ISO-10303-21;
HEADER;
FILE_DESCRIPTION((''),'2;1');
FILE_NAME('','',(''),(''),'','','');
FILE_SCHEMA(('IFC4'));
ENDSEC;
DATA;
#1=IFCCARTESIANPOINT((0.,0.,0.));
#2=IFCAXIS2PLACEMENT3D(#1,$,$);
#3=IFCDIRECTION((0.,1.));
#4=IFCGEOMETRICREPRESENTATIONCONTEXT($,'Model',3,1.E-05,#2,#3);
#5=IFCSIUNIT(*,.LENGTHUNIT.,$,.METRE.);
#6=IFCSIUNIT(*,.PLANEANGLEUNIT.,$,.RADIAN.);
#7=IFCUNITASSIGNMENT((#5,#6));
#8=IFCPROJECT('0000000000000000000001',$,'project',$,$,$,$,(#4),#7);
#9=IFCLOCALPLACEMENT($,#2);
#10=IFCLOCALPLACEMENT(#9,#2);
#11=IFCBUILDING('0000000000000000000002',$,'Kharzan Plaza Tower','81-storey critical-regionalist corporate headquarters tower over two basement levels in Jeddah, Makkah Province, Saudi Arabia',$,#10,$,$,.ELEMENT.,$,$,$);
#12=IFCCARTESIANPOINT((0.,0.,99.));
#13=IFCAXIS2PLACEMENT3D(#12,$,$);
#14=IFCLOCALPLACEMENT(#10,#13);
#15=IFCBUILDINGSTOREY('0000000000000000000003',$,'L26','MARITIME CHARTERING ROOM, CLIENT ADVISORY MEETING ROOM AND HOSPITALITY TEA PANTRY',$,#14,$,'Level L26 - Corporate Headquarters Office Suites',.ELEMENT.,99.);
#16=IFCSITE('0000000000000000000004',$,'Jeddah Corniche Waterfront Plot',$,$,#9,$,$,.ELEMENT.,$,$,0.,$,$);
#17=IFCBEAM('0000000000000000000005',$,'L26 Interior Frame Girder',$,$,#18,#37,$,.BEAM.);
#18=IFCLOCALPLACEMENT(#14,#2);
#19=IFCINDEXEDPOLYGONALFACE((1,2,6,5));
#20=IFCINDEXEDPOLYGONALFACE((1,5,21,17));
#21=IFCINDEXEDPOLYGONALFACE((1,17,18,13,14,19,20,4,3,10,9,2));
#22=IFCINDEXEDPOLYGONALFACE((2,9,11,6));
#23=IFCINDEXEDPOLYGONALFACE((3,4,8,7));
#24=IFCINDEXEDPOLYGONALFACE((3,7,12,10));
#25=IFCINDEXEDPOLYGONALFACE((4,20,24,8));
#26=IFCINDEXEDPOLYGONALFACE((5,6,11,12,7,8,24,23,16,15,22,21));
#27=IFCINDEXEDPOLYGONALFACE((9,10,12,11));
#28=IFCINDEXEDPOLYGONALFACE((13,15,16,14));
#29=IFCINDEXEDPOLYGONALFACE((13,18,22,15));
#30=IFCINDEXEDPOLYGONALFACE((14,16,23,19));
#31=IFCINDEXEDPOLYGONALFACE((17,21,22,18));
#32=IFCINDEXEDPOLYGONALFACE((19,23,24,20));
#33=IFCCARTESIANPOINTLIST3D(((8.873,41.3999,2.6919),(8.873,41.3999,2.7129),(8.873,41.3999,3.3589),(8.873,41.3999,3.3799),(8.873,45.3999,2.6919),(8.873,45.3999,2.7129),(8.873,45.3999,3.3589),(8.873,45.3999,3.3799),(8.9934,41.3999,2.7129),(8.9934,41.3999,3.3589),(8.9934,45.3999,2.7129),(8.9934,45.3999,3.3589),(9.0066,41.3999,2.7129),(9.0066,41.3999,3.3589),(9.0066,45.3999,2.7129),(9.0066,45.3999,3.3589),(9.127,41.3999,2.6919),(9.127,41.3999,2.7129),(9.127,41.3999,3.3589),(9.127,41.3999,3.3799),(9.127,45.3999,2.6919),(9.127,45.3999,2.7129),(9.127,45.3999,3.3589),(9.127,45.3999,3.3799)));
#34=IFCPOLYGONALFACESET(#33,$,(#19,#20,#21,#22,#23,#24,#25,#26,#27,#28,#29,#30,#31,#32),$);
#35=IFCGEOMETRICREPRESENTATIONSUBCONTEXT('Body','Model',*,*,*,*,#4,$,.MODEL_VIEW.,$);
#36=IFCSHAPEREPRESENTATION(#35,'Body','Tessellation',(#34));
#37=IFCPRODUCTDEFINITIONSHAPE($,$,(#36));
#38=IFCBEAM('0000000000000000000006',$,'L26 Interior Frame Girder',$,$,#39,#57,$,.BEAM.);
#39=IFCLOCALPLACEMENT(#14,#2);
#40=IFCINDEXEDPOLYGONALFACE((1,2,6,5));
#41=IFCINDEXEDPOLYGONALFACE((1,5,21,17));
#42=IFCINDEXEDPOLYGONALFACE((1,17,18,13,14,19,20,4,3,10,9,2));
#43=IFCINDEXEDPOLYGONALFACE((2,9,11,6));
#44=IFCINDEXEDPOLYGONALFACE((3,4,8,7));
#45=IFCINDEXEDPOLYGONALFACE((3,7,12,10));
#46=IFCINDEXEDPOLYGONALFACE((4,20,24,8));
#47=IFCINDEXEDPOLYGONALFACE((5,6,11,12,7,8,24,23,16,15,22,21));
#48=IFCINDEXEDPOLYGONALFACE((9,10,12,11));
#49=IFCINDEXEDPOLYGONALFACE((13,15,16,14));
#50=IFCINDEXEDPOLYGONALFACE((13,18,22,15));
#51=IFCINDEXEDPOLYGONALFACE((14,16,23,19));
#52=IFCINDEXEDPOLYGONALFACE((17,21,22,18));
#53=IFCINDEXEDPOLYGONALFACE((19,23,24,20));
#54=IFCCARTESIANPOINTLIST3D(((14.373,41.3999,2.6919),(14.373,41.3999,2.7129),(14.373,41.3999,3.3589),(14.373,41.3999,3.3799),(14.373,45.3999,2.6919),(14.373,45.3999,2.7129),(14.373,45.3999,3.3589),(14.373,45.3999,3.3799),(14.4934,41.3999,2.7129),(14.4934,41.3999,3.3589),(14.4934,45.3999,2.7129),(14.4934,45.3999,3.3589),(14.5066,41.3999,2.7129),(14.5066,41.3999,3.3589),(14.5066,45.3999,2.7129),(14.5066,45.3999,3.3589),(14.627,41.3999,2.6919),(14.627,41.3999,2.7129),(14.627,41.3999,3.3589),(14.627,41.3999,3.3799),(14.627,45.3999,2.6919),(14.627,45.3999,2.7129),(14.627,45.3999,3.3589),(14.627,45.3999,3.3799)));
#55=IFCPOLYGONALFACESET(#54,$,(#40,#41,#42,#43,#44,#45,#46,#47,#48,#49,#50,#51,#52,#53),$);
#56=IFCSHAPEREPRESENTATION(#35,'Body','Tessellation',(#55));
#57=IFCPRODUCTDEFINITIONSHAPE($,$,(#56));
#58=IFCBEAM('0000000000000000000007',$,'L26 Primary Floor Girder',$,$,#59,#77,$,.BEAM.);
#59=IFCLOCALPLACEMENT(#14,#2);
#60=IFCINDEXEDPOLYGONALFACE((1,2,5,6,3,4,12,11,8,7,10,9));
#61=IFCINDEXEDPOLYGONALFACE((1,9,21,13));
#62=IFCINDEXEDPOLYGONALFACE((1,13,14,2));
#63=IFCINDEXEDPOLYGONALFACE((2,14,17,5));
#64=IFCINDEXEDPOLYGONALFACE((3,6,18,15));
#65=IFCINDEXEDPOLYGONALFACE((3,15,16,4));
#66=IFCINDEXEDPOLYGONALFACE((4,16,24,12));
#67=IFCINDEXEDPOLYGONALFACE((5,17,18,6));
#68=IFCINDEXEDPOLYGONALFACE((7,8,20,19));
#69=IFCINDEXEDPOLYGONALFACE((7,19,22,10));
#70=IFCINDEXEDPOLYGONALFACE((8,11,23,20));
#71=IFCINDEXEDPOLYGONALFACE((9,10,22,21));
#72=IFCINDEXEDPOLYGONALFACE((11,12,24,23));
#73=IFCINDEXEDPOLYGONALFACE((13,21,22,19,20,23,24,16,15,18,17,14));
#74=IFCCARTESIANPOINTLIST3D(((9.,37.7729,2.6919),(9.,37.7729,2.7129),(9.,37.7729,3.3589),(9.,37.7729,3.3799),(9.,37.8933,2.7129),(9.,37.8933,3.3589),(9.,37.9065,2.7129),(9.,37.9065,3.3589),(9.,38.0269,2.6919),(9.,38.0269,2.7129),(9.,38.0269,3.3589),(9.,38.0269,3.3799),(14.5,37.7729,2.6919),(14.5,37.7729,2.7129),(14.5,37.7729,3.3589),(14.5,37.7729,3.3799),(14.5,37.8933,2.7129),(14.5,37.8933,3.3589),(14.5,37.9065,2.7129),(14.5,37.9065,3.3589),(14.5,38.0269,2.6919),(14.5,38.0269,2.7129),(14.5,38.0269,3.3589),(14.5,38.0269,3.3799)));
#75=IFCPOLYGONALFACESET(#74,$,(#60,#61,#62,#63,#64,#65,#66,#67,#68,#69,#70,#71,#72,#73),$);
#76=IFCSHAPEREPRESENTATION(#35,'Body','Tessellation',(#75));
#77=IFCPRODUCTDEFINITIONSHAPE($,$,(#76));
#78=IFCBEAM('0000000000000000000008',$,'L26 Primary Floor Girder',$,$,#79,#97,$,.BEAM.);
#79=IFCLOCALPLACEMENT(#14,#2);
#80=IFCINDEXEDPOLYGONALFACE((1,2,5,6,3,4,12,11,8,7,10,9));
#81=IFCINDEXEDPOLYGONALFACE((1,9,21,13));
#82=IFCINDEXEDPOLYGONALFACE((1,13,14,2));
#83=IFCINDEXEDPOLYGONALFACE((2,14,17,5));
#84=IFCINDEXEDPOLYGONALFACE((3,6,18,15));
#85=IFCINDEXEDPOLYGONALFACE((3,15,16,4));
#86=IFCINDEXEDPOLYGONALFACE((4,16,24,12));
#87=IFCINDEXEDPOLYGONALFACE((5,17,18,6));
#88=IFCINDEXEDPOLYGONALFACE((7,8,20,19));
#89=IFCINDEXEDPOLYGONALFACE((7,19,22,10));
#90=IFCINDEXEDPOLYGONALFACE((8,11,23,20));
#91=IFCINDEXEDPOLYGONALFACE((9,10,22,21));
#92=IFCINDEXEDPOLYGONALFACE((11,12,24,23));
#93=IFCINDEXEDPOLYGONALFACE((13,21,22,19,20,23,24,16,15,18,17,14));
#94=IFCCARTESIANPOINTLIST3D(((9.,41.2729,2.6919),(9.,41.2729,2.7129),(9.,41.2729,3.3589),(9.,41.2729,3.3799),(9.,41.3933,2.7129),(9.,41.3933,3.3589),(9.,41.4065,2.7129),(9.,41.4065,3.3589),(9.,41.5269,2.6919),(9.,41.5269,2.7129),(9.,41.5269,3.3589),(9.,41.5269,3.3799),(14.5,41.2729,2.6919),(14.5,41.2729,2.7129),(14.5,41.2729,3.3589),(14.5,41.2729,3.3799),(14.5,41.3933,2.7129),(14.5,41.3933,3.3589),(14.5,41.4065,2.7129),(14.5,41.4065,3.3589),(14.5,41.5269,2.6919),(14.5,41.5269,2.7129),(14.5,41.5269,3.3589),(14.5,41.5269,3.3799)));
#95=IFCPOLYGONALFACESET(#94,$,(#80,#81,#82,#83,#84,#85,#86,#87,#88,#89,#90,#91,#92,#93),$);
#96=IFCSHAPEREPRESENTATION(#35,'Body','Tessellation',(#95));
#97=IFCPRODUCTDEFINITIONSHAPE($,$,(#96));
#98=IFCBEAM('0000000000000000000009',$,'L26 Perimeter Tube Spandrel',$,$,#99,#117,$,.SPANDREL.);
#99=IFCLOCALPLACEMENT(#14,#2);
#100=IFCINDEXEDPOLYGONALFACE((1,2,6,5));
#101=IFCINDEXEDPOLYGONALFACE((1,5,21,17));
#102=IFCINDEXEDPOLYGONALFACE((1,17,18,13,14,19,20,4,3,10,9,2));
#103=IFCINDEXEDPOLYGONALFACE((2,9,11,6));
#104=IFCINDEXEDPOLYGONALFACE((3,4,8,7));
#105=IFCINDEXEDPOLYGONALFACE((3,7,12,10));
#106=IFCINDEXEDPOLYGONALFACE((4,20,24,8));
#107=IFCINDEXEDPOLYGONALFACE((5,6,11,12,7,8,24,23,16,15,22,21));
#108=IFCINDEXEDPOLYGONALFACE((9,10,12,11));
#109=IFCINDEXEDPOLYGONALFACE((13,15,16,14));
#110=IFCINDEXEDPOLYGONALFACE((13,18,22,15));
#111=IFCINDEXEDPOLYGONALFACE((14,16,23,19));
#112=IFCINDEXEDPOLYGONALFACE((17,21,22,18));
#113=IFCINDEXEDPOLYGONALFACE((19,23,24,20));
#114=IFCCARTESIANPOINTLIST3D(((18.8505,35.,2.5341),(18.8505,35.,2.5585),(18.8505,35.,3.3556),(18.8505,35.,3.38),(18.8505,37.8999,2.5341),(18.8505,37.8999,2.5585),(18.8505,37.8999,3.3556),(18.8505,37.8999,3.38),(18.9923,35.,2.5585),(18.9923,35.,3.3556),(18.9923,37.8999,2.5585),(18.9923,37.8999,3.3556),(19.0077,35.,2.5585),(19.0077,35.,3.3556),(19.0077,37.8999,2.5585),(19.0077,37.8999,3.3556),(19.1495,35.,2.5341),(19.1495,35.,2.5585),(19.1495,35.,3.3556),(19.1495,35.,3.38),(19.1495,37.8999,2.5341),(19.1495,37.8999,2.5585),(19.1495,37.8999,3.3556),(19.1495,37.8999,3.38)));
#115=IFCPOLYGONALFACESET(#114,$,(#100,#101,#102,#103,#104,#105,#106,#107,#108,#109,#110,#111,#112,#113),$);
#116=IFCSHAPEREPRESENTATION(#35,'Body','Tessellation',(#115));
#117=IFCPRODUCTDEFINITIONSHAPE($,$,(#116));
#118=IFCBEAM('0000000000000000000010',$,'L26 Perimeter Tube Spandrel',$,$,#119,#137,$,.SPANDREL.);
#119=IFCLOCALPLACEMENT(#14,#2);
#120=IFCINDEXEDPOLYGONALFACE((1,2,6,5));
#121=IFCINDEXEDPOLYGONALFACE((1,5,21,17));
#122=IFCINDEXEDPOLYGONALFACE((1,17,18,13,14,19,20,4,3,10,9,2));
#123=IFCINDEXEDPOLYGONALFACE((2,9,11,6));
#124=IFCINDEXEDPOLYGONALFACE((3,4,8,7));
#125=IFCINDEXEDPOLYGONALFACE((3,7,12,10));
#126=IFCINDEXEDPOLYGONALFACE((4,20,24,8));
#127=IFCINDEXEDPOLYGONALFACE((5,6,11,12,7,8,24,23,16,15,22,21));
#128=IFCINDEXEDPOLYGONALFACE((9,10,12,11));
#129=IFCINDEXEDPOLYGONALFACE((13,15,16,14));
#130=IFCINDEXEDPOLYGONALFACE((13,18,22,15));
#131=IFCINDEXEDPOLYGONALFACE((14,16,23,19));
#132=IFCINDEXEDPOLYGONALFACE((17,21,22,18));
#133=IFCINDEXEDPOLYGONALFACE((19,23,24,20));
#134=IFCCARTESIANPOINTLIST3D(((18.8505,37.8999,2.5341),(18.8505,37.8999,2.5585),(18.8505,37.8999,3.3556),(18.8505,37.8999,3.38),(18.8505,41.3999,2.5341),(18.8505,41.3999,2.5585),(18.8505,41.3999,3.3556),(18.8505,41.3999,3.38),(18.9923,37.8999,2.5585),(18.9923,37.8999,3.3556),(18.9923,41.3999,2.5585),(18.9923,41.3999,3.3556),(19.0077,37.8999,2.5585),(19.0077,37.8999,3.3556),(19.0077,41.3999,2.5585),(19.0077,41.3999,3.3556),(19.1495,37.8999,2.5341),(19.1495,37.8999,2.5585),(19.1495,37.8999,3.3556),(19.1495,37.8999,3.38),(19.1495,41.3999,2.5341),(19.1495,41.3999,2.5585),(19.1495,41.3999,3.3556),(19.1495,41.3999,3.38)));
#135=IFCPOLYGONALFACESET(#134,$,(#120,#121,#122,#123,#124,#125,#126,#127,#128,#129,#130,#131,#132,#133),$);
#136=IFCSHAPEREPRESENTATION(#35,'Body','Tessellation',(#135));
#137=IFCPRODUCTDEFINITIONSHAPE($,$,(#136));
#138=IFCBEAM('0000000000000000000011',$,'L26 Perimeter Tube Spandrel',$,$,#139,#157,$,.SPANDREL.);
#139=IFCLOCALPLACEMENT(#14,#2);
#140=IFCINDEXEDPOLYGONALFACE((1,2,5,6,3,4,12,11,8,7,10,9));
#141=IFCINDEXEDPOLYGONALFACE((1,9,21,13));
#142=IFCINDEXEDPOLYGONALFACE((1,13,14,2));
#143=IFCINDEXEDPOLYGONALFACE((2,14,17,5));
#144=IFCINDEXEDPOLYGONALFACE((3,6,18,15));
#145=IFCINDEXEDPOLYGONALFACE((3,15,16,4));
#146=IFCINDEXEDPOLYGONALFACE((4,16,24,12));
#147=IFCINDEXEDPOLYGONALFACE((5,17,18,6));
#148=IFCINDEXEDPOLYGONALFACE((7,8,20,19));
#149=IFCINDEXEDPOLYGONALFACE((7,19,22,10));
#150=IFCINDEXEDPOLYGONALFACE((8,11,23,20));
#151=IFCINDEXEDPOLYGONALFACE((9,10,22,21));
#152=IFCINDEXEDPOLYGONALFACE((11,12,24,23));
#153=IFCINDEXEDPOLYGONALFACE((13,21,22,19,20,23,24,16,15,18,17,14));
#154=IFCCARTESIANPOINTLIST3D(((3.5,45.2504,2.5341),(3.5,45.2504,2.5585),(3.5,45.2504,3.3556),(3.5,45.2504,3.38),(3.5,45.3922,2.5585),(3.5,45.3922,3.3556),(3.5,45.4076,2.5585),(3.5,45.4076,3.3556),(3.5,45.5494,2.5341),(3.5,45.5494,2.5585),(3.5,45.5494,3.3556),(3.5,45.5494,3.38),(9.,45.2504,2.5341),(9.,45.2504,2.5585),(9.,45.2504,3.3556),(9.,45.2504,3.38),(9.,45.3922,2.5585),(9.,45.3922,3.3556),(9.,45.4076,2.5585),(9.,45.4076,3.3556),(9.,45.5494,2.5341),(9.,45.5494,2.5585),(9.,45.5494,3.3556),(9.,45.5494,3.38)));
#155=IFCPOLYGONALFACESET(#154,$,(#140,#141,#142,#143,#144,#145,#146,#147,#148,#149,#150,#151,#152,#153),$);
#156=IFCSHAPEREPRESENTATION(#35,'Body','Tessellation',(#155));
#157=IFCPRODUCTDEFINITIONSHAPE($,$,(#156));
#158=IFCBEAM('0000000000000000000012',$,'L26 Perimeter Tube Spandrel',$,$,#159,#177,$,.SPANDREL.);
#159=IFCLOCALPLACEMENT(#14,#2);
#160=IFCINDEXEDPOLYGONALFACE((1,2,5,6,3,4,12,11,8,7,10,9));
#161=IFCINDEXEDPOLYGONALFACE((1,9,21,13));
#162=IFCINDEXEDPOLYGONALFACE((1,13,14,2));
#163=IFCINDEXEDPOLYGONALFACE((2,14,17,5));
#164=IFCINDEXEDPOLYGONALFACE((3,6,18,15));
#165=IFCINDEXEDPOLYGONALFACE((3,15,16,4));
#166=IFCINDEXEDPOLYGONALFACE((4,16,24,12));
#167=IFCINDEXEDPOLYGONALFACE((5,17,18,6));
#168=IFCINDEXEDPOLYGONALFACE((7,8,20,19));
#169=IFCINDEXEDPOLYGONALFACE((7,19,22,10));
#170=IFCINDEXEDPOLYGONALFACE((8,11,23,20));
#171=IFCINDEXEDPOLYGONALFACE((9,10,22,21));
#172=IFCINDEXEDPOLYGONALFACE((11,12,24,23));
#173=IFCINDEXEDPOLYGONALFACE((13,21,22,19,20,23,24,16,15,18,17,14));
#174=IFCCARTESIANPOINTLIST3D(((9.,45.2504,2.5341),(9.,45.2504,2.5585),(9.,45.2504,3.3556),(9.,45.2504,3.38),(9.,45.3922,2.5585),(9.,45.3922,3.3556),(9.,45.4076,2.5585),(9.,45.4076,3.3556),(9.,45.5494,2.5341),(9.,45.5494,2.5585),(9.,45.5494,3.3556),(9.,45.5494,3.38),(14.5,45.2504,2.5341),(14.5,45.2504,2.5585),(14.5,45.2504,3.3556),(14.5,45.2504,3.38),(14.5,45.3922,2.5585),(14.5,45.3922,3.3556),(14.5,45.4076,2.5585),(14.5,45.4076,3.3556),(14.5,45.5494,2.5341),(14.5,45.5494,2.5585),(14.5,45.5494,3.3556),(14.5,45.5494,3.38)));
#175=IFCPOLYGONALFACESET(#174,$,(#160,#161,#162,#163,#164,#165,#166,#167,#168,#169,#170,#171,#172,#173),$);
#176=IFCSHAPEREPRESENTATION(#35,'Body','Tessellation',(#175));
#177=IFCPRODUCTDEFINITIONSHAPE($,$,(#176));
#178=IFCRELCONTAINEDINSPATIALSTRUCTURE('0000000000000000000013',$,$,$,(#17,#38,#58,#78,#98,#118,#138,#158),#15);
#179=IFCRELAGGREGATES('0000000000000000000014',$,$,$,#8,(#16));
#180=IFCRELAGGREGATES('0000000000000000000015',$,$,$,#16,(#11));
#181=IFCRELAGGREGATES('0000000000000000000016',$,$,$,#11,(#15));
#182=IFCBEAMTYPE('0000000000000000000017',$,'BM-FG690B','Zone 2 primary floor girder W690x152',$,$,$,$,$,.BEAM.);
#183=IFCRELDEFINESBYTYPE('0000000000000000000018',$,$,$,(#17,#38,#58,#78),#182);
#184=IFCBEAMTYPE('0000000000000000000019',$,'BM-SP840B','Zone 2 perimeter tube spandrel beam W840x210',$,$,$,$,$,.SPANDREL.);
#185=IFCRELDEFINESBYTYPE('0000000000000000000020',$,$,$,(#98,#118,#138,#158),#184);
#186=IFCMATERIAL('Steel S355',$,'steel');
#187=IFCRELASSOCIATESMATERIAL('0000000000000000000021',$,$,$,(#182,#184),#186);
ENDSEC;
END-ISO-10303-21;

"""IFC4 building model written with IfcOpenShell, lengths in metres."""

from ifc_helpers import new_model, si_unit, direction, frame, origin, origin_2d, place, context, subcontext, project, spatial, i_section, extrude, source, transform, mapped, material, material_profile, profile_set, type_object, element, save


model = new_model("IFC4")

# Units and contexts
model_context = context("Model", 3, precision=1e-05, world=origin(), true_north=direction((0.0, 1.0)))
body_context = subcontext(model_context, "Body", "Model", "MODEL_VIEW")
ifc_project = project(units=[si_unit("LENGTHUNIT", "METRE"), si_unit("PLANEANGLEUNIT", "RADIAN")], contexts=[model_context])

# Site, building, storey
site_placement = place(None, origin())
site = spatial("IfcSite", under=ifc_project, at=site_placement, Name="Jeddah Corniche Waterfront Plot", CompositionType="ELEMENT", RefElevation=0.0)
building_placement = place(site_placement, origin())
building = spatial("IfcBuilding", under=site, at=building_placement, Name="Kharzan Plaza Tower", Description="81-storey critical-regionalist corporate headquarters tower over two basement levels in Jeddah, Makkah Province, Saudi Arabia", CompositionType="ELEMENT")
storey_placement = place(building_placement, frame((0.0, 0.0, 99.0)))
storey = spatial("IfcBuildingStorey", under=building, at=storey_placement, Name="L26", Description="MARITIME CHARTERING ROOM, CLIENT ADVISORY MEETING ROOM AND HOSPITALITY TEA PANTRY", LongName="Level L26 - Corporate Headquarters Office Suites", CompositionType="ELEMENT", Elevation=99.0)

# Beams
ifc_material_1 = material(Name="Steel S355", Category="steel")
ifc_material_profile_1 = material_profile(ifc_material_1, i_section(OverallWidth=0.2539, OverallDepth=0.688, WebThickness=0.0132, FlangeThickness=0.021, at=origin_2d()), Name="W690x152")
ifc_profile_set_1 = profile_set([ifc_material_profile_1], Name="Steel S355")
beam_type_1 = type_object("IfcBeamType", Name="BM-FG690B", Description="Zone 2 primary floor girder W690x152", PredefinedType="BEAM", material=ifc_profile_set_1)
shared_shape_1 = source(origin(), body_context, "Body", "SweptSolid", [
    extrude(i_section(OverallWidth=0.2539, OverallDepth=0.688, WebThickness=0.0132, FlangeThickness=0.021, at=origin_2d()), origin(), (0.0, 0.0, 1.0), 4.0),
])
for number, where, z_axis, x_axis, name in (
    (1, (9.0, 41.3999, 3.0359), (0.0, 1.0, 0.0), (-1.0, 0.0, 0.0), "L26 Interior Frame Girder"),
    (2, (14.5, 41.3999, 3.0359), (0.0, 1.0, 0.0), (-1.0, 0.0, 0.0), "L26 Interior Frame Girder"),
):
    element("IfcBeam", number, at=place(storey_placement, frame(where, z_axis=z_axis, x_axis=x_axis)), inside=storey, type_object=beam_type_1, Name=name, PredefinedType="BEAM", context=body_context, shape_type="MappedRepresentation", body=[
        mapped(shared_shape_1, transform((0.0, 0.0, 0.0), x_axis=(1.0, 0.0, 0.0), y_axis=(0.0, 1.0, 0.0), z_axis=(0.0, 0.0, 1.0))),
    ])
shared_shape_2 = source(origin(), body_context, "Body", "SweptSolid", [
    extrude(i_section(OverallWidth=0.2539, OverallDepth=0.688, WebThickness=0.0132, FlangeThickness=0.021, at=origin_2d()), origin(), (0.0, 0.0, 1.0), 5.5),
])
for number, where, z_axis, x_axis, name in (
    (3, (9.0, 37.8999, 3.0359), (1.0, 0.0, 0.0), (0.0, 1.0, 0.0), "L26 Primary Floor Girder"),
    (4, (9.0, 41.3999, 3.0359), (1.0, 0.0, 0.0), (0.0, 1.0, 0.0), "L26 Primary Floor Girder"),
):
    element("IfcBeam", number, at=place(storey_placement, frame(where, z_axis=z_axis, x_axis=x_axis)), inside=storey, type_object=beam_type_1, Name=name, PredefinedType="BEAM", context=body_context, shape_type="MappedRepresentation", body=[
        mapped(shared_shape_2, transform((0.0, 0.0, 0.0), x_axis=(1.0, 0.0, 0.0), y_axis=(0.0, 1.0, 0.0), z_axis=(0.0, 0.0, 1.0))),
    ])
ifc_material_profile_2 = material_profile(ifc_material_1, i_section(OverallWidth=0.2991, OverallDepth=0.8459, WebThickness=0.0154, FlangeThickness=0.0244, at=origin_2d()), Name="W840x210")
ifc_profile_set_2 = profile_set([ifc_material_profile_2], Name="Steel S355")
beam_type_2 = type_object("IfcBeamType", Name="BM-SP840B", Description="Zone 2 perimeter tube spandrel beam W840x210", PredefinedType="SPANDREL", material=ifc_profile_set_2)
shared_shape_3 = source(origin(), body_context, "Body", "SweptSolid", [
    extrude(i_section(OverallWidth=0.2991, OverallDepth=0.8459, WebThickness=0.0154, FlangeThickness=0.0244, at=origin_2d()), origin(), (0.0, 0.0, 1.0), 2.8999),
])
beam_1_placement = place(storey_placement, frame((19.0, 35.0, 2.957), z_axis=(0.0, 1.0, 0.0), x_axis=(-1.0, 0.0, 0.0)))
element("IfcBeam", 5, at=beam_1_placement, inside=storey, type_object=beam_type_2, Name="L26 Perimeter Tube Spandrel", PredefinedType="SPANDREL", context=body_context, shape_type="MappedRepresentation", body=[
    mapped(shared_shape_3, transform((0.0, 0.0, 0.0), x_axis=(1.0, 0.0, 0.0), y_axis=(0.0, 1.0, 0.0), z_axis=(0.0, 0.0, 1.0))),
])
shared_shape_4 = source(origin(), body_context, "Body", "SweptSolid", [
    extrude(i_section(OverallWidth=0.2991, OverallDepth=0.8459, WebThickness=0.0154, FlangeThickness=0.0244, at=origin_2d()), origin(), (0.0, 0.0, 1.0), 3.5),
])
beam_2_placement = place(storey_placement, frame((19.0, 37.8999, 2.957), z_axis=(0.0, 1.0, 0.0), x_axis=(-1.0, 0.0, 0.0)))
element("IfcBeam", 6, at=beam_2_placement, inside=storey, type_object=beam_type_2, Name="L26 Perimeter Tube Spandrel", PredefinedType="SPANDREL", context=body_context, shape_type="MappedRepresentation", body=[
    mapped(shared_shape_4, transform((0.0, 0.0, 0.0), x_axis=(1.0, 0.0, 0.0), y_axis=(0.0, 1.0, 0.0), z_axis=(0.0, 0.0, 1.0))),
])
shared_shape_5 = source(origin(), body_context, "Body", "SweptSolid", [
    extrude(i_section(OverallWidth=0.2991, OverallDepth=0.8459, WebThickness=0.0154, FlangeThickness=0.0244, at=origin_2d()), origin(), (0.0, 0.0, 1.0), 5.5),
])
for number, where, z_axis, x_axis, name in (
    (7, (3.5, 45.3999, 2.957), (1.0, 0.0, 0.0), (0.0, 1.0, 0.0), "L26 Perimeter Tube Spandrel"),
    (8, (9.0, 45.3999, 2.957), (1.0, 0.0, 0.0), (0.0, 1.0, 0.0), "L26 Perimeter Tube Spandrel"),
):
    element("IfcBeam", number, at=place(storey_placement, frame(where, z_axis=z_axis, x_axis=x_axis)), inside=storey, type_object=beam_type_2, Name=name, PredefinedType="SPANDREL", context=body_context, shape_type="MappedRepresentation", body=[
        mapped(shared_shape_5, transform((0.0, 0.0, 0.0), x_axis=(1.0, 0.0, 0.0), y_axis=(0.0, 1.0, 0.0), z_axis=(0.0, 0.0, 1.0))),
    ])

save(model, "model.ifc")
